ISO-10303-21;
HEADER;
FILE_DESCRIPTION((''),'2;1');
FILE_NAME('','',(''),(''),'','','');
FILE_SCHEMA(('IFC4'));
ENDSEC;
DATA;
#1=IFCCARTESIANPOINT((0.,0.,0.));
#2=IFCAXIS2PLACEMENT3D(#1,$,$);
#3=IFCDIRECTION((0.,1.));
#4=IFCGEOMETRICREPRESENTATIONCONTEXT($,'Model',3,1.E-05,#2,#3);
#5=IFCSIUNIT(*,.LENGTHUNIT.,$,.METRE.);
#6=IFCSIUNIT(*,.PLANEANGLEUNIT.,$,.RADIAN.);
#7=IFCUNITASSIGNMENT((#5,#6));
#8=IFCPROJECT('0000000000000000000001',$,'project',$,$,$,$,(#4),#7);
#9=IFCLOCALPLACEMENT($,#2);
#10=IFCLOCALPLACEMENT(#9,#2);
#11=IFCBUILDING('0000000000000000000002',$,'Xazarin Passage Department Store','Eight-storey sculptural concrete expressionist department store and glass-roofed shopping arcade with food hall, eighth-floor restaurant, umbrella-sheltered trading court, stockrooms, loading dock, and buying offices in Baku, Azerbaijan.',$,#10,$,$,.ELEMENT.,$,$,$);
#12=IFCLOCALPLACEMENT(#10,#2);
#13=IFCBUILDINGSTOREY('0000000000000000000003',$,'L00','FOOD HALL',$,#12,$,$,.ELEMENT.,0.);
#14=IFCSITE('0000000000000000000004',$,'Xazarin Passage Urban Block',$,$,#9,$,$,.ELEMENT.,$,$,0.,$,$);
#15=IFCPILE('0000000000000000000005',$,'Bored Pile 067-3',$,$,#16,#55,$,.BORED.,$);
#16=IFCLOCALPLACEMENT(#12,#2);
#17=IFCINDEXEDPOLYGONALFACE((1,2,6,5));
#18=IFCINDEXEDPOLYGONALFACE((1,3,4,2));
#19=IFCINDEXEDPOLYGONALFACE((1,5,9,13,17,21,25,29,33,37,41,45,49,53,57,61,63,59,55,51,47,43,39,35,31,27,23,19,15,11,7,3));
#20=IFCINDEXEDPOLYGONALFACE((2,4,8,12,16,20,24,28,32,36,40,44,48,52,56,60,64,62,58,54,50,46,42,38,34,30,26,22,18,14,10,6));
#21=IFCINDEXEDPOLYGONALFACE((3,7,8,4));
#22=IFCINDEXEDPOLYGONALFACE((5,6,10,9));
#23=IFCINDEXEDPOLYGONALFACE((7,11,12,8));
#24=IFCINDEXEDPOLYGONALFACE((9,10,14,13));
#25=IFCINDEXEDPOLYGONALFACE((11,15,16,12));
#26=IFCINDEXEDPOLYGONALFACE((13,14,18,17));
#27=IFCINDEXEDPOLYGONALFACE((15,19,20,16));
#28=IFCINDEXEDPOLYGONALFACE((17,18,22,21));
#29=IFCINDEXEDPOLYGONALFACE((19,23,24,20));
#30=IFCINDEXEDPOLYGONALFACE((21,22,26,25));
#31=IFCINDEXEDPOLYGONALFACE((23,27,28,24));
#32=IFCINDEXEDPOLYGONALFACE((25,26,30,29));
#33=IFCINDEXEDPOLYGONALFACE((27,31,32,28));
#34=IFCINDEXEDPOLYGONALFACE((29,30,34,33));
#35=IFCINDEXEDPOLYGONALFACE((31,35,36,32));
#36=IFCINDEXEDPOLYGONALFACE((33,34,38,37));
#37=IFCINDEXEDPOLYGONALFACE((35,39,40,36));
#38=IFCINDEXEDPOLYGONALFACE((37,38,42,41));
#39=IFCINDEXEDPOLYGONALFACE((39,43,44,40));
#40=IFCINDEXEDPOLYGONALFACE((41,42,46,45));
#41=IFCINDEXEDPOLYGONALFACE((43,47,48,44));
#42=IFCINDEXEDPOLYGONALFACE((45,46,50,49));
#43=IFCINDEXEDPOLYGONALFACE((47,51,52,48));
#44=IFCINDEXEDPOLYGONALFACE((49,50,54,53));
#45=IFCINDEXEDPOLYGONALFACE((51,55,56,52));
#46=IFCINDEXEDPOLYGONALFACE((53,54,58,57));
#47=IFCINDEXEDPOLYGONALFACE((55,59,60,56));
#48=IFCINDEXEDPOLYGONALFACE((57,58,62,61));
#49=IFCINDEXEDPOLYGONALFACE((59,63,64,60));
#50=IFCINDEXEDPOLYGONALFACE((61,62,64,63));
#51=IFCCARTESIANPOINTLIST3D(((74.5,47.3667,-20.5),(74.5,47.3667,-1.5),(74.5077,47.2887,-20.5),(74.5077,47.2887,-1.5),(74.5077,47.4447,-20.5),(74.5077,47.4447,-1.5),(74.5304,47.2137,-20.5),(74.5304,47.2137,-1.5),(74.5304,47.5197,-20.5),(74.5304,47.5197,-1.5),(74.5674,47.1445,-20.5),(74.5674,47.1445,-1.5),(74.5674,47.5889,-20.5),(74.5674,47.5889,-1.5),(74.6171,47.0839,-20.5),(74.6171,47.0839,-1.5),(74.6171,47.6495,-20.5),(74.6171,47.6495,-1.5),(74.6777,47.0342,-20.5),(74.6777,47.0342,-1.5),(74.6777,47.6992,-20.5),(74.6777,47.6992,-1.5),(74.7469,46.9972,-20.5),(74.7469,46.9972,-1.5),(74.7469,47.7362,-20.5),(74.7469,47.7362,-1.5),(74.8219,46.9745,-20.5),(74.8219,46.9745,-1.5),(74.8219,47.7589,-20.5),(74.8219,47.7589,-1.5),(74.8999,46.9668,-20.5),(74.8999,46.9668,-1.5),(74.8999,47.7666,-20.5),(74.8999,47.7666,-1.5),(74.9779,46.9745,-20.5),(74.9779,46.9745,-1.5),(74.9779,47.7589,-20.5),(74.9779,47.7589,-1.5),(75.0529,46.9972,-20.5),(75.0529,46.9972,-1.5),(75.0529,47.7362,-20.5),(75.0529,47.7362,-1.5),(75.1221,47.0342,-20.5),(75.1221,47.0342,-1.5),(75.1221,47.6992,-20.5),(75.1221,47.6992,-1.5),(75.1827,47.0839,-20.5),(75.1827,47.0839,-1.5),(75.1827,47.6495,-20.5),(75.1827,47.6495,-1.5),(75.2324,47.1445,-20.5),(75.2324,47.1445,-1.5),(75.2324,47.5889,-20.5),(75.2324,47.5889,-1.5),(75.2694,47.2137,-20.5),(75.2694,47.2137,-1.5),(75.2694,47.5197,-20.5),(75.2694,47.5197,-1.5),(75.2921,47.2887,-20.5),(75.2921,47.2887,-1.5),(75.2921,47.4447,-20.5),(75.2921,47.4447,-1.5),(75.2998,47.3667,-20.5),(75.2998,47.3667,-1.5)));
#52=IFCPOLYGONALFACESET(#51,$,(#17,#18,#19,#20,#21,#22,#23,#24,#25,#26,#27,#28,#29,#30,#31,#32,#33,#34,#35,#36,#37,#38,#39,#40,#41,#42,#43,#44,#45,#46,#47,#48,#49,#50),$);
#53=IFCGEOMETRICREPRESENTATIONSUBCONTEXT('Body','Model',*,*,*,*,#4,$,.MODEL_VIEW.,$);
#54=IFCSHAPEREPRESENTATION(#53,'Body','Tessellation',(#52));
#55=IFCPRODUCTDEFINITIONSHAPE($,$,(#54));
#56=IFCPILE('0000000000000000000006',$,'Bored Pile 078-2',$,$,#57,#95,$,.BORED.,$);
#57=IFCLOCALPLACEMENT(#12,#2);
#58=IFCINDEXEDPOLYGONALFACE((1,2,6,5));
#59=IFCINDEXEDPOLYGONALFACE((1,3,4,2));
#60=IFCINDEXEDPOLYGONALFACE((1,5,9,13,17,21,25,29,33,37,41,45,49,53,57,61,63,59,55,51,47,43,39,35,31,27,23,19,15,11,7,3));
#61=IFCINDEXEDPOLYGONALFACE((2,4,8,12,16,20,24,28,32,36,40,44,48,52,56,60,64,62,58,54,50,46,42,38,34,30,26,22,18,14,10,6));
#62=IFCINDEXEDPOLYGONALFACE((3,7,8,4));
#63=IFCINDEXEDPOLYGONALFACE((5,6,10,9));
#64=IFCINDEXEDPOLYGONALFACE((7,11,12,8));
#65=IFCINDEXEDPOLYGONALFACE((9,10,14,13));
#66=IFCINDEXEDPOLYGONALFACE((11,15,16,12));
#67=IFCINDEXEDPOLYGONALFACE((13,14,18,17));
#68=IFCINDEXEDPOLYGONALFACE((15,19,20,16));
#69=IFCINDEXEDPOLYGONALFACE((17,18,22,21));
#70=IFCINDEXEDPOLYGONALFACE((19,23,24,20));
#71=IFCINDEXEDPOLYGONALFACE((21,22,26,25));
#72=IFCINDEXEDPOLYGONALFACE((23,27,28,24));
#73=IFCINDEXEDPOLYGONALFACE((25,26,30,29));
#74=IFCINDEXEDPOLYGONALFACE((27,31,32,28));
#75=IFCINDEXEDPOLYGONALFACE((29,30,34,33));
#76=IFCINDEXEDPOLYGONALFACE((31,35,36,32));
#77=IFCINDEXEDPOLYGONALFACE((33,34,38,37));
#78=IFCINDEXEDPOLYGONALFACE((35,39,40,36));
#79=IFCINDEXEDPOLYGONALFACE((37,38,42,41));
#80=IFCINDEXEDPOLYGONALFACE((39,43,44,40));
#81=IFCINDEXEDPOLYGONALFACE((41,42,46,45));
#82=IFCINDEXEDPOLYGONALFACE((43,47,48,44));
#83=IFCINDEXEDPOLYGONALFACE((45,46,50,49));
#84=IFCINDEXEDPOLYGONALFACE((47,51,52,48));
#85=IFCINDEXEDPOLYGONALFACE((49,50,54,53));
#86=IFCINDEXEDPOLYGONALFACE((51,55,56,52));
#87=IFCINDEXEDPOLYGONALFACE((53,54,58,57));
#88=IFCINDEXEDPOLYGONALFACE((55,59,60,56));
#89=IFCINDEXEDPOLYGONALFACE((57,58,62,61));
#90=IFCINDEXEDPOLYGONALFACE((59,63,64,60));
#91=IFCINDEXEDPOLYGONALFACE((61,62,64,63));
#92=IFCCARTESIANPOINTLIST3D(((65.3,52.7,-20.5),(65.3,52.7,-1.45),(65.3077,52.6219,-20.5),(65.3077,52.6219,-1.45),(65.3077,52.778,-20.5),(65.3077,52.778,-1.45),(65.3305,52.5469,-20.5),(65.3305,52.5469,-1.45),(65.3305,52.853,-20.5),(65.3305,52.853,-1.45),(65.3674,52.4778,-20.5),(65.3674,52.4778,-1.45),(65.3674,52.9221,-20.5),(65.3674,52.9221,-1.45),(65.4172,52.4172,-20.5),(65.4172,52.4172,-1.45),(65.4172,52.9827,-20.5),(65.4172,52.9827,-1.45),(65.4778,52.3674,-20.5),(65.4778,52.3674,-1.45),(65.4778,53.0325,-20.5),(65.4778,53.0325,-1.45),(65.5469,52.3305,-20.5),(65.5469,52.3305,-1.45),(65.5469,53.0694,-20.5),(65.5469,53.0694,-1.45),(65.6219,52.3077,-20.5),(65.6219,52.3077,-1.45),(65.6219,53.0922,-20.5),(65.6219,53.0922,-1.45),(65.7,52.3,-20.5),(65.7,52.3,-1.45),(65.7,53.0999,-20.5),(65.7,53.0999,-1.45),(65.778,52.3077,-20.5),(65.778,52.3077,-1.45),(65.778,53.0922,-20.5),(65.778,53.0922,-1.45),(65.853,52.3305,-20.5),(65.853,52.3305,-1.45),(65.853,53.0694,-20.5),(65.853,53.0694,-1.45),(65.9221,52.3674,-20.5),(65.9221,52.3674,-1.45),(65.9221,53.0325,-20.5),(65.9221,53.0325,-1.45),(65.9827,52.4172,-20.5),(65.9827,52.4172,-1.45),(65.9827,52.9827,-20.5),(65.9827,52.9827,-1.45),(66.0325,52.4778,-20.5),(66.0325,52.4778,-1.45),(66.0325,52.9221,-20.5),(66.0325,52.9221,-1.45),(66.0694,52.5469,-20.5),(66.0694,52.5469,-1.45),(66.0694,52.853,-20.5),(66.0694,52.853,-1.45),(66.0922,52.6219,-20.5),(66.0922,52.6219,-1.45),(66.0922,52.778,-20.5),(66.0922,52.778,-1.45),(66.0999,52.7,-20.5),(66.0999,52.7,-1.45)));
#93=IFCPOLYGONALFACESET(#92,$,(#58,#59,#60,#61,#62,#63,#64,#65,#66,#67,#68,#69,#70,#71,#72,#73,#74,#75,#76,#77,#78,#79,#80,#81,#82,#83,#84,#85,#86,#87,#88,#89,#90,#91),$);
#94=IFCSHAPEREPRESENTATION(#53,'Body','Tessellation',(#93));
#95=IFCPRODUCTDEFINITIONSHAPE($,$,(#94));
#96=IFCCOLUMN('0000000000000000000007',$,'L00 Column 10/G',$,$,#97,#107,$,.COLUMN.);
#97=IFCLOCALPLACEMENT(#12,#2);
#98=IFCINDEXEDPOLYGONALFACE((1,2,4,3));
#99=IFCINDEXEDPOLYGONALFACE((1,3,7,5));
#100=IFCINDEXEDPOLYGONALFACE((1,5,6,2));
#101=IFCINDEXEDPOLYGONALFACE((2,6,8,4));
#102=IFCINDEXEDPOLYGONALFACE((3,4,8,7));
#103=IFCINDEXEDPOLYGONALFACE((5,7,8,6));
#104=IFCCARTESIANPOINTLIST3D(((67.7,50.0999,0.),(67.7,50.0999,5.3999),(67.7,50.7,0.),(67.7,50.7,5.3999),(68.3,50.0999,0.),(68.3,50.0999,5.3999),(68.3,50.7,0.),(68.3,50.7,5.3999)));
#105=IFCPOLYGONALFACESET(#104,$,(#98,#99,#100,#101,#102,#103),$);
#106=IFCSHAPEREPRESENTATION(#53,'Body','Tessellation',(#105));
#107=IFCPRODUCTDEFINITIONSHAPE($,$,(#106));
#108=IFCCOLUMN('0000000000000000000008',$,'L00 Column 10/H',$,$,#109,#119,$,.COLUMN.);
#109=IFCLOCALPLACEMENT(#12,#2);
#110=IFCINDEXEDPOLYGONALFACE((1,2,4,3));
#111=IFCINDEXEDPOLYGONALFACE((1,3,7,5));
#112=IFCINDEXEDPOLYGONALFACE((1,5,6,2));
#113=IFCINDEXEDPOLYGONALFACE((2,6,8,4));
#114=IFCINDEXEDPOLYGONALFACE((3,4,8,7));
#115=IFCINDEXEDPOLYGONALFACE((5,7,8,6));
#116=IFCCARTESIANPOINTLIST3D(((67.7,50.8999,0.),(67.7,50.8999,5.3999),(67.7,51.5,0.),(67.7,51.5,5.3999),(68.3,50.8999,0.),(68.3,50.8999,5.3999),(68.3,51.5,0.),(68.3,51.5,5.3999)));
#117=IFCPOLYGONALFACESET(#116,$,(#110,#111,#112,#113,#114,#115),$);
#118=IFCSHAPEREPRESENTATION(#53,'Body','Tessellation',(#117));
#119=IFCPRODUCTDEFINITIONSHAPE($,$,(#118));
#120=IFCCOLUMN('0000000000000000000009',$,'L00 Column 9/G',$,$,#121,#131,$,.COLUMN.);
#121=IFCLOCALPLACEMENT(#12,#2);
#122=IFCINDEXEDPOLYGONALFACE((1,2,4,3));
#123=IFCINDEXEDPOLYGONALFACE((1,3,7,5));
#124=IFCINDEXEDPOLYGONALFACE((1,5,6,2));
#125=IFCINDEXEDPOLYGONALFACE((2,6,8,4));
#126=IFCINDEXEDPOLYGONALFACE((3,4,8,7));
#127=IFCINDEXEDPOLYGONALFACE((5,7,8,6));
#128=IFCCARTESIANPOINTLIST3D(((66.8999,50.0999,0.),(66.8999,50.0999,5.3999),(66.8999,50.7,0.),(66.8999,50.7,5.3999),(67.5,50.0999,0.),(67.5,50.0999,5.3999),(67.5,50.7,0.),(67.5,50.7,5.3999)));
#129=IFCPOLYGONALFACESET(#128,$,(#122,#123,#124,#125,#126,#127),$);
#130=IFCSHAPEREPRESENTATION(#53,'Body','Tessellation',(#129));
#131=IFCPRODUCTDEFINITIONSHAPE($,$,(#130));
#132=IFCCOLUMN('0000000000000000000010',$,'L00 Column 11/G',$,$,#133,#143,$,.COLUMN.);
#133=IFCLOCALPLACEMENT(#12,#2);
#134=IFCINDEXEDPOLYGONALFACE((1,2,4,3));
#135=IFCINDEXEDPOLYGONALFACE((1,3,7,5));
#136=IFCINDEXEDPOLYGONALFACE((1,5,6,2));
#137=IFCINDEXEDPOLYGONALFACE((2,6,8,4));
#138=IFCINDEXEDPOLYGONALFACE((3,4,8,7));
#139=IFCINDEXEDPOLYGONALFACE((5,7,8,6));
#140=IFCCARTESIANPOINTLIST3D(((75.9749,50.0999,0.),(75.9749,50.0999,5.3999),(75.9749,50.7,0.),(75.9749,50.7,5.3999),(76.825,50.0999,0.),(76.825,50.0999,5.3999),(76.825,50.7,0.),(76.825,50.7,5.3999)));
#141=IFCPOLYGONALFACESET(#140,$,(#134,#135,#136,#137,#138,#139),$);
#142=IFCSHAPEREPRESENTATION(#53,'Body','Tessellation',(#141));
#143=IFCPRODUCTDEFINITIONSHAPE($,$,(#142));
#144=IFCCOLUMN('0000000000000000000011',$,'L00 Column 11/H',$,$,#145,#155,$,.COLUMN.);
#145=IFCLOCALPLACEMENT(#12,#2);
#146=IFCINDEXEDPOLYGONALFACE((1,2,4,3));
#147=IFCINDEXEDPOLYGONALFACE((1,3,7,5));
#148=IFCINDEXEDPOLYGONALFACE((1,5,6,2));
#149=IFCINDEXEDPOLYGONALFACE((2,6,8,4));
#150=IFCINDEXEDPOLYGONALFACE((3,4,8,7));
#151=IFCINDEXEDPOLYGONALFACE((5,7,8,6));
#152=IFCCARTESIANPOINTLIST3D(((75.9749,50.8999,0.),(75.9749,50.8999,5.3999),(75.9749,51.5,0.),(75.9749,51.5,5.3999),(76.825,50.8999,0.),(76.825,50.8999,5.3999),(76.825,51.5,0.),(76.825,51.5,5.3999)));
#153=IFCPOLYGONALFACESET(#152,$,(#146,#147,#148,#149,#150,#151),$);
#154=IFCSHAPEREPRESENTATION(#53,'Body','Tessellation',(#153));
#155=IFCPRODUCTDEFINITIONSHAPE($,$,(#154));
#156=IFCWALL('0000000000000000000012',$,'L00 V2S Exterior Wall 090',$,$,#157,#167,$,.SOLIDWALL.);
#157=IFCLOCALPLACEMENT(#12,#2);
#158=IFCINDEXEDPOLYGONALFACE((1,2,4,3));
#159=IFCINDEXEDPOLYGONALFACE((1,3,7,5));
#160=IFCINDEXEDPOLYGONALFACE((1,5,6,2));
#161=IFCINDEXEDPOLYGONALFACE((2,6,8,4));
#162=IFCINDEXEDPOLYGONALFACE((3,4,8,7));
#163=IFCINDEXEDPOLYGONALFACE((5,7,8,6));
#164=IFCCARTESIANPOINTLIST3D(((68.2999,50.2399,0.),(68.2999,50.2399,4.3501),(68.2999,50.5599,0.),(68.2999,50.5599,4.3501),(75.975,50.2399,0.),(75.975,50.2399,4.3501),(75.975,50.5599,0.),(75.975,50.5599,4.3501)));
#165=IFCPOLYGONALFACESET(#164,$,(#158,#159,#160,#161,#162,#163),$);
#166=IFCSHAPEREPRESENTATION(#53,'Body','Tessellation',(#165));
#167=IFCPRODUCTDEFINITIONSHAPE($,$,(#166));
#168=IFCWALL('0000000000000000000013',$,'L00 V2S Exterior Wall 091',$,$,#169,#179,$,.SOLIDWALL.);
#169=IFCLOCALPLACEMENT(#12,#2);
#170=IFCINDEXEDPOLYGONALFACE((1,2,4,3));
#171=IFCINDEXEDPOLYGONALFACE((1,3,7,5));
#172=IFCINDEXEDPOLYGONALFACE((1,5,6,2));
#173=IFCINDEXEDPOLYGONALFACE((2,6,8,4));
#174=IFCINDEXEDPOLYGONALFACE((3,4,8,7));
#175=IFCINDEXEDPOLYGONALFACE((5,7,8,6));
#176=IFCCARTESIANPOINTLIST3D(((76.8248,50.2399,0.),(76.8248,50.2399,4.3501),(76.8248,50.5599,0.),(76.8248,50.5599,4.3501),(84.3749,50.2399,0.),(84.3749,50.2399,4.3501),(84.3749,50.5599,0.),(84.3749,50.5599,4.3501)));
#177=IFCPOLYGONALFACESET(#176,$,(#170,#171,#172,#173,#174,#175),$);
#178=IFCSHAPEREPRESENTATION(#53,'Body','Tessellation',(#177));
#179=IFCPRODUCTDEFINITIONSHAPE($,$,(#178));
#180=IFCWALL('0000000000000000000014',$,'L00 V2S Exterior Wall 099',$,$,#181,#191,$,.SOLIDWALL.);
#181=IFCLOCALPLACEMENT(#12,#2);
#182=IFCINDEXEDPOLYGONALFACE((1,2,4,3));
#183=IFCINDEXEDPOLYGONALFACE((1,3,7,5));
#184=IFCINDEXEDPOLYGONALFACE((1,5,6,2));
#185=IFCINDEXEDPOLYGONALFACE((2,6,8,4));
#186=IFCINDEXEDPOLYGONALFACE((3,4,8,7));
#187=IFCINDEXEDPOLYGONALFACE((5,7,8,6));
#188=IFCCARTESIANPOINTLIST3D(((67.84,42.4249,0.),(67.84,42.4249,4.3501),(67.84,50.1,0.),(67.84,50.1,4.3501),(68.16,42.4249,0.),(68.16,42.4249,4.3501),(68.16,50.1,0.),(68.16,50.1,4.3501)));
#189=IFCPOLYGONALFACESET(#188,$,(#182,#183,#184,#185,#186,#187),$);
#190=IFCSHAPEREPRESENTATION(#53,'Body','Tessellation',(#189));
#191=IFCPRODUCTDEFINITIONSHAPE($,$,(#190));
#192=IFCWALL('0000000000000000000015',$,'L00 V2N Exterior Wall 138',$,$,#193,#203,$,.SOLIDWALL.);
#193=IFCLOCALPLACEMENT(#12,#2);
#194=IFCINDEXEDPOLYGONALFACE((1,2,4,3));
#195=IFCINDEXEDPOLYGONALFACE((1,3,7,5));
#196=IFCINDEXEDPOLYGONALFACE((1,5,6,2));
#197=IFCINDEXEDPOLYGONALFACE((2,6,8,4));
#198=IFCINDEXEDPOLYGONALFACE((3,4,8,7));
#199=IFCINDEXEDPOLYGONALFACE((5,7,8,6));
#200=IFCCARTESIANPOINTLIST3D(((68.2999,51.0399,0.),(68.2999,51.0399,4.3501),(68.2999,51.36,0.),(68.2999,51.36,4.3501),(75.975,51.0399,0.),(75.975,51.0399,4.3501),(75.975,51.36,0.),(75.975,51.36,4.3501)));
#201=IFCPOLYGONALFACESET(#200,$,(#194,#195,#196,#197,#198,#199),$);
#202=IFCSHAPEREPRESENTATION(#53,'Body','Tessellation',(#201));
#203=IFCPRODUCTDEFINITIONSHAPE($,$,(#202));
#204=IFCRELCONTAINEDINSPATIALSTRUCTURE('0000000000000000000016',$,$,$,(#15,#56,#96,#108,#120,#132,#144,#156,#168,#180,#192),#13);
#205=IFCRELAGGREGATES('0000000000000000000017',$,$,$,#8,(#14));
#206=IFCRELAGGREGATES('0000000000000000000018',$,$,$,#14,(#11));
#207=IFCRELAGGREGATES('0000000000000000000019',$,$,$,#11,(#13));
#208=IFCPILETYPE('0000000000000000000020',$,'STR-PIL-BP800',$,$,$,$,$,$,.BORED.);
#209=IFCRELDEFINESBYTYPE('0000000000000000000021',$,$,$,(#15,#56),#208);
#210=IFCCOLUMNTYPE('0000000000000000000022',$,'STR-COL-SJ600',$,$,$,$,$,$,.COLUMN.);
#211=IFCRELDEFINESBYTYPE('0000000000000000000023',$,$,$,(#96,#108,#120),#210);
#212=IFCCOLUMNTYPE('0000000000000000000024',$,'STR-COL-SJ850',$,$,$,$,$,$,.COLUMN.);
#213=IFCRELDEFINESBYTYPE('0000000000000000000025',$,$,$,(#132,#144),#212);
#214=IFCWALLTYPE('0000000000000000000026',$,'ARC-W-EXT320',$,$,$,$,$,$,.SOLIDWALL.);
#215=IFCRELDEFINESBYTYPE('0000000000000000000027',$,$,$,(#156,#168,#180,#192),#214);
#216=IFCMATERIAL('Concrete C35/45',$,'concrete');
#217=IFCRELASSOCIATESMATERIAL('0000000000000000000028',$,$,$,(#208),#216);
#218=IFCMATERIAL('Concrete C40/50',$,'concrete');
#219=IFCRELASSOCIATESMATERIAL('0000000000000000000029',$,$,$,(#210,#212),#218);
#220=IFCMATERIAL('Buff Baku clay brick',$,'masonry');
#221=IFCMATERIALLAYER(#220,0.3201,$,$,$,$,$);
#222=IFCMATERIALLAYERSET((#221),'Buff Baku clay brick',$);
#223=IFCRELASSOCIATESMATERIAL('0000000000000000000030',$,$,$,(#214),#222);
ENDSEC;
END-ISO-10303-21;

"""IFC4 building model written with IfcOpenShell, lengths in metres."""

from ifc_helpers import new_model, si_unit, direction, frame, frame_2d, origin, origin_2d, place, context, subcontext, project, spatial, rectangle, circle, extrude, material, layer, layer_set, material_profile, profile_set, type_object, element, save


model = new_model("IFC4")

# Units and contexts
model_context = context("Model", 3, precision=1e-05, world=origin(), true_north=direction((0.0, 1.0)))
body_context = subcontext(model_context, "Body", "Model", "MODEL_VIEW")
ifc_project = project(units=[si_unit("LENGTHUNIT", "METRE"), si_unit("PLANEANGLEUNIT", "RADIAN")], contexts=[model_context])

# Site, building, storey
site_placement = place(None, origin())
site = spatial("IfcSite", under=ifc_project, at=site_placement, Name="Xazarin Passage Urban Block", CompositionType="ELEMENT", RefElevation=0.0)
building_placement = place(site_placement, origin())
building = spatial("IfcBuilding", under=site, at=building_placement, Name="Xazarin Passage Department Store", Description="Eight-storey sculptural concrete expressionist department store and glass-roofed shopping arcade with food hall, eighth-floor restaurant, umbrella-sheltered trading court, stockrooms, loading dock, and buying offices in Baku, Azerbaijan.", CompositionType="ELEMENT")
storey_placement = place(building_placement, origin())
storey = spatial("IfcBuildingStorey", under=building, at=storey_placement, Name="L00", Description="FOOD HALL", CompositionType="ELEMENT", Elevation=0.0)

# Shared definitions
ifc_material_1 = material(Name="Concrete C35/45", Category="concrete")

# Piles
ifc_material_profile_1 = material_profile(ifc_material_1, circle(Radius=0.3999, at=origin_2d()), Name="BP 800")
ifc_profile_set_1 = profile_set([ifc_material_profile_1], Name="Concrete C35/45")
pile_type_1 = type_object("IfcPileType", Name="STR-PIL-BP800", PredefinedType="BORED", material=ifc_profile_set_1)
pile_1_placement = place(storey_placement, frame((74.8999, 47.3667, -1.5), z_axis=(0.0, 0.0, -1.0), x_axis=(1.0, 0.0, 0.0)))
element("IfcPile", 1, at=pile_1_placement, inside=storey, type_object=pile_type_1, Name="Bored Pile 067-3", PredefinedType="BORED", context=body_context, shape_type="SweptSolid", body=[
    extrude(circle(Radius=0.3999, at=origin_2d()), origin(), (0.0, 0.0, 1.0), 19.0),
])
pile_2_placement = place(storey_placement, frame((65.7, 52.7, -1.45), z_axis=(0.0, 0.0, -1.0), x_axis=(1.0, 0.0, 0.0)))
element("IfcPile", 2, at=pile_2_placement, inside=storey, type_object=pile_type_1, Name="Bored Pile 078-2", PredefinedType="BORED", context=body_context, shape_type="SweptSolid", body=[
    extrude(circle(Radius=0.3999, at=origin_2d()), origin(), (0.0, 0.0, 1.0), 19.05),
])

# Columns
ifc_material_2 = material(Name="Concrete C40/50", Category="concrete")
ifc_material_profile_2 = material_profile(ifc_material_2, rectangle(XDim=0.6001, YDim=0.6001, at=origin_2d()), Name="RC 600x600")
ifc_profile_set_2 = profile_set([ifc_material_profile_2], Name="Concrete C40/50")
column_type_1 = type_object("IfcColumnType", Name="STR-COL-SJ600", PredefinedType="COLUMN", material=ifc_profile_set_2)
for number, where, z_axis, x_axis, name in (
    (3, (68.0, 50.3999, 0.0), (0.0, 0.0, 1.0), (1.0, 0.0, 0.0), "L00 Column 10/G"),
    (4, (68.0, 51.2, 0.0), (0.0, 0.0, 1.0), (1.0, 0.0, 0.0), "L00 Column 10/H"),
    (5, (67.2, 50.3999, 0.0), (0.0, 0.0, 1.0), (1.0, 0.0, 0.0), "L00 Column 9/G"),
):
    element("IfcColumn", number, at=place(storey_placement, frame(where, z_axis=z_axis, x_axis=x_axis)), inside=storey, type_object=column_type_1, Name=name, PredefinedType="COLUMN", context=body_context, shape_type="SweptSolid", body=[
        extrude(rectangle(XDim=0.6001, YDim=0.6001, at=origin_2d()), origin(), (0.0, 0.0, 1.0), 5.3999),
    ])
ifc_material_profile_3 = material_profile(ifc_material_2, rectangle(XDim=0.6001, YDim=0.8501, at=origin_2d()), Name="RC 600x850")
ifc_profile_set_3 = profile_set([ifc_material_profile_3], Name="Concrete C40/50")
column_type_2 = type_object("IfcColumnType", Name="STR-COL-SJ850", PredefinedType="COLUMN", material=ifc_profile_set_3)
for number, where, z_axis, x_axis, name in (
    (6, (76.3999, 50.3999, 0.0), (0.0, 0.0, 1.0), (0.0, 1.0, 0.0), "L00 Column 11/G"),
    (7, (76.3999, 51.2, 0.0), (0.0, 0.0, 1.0), (0.0, 1.0, 0.0), "L00 Column 11/H"),
):
    element("IfcColumn", number, at=place(storey_placement, frame(where, z_axis=z_axis, x_axis=x_axis)), inside=storey, type_object=column_type_2, Name=name, PredefinedType="COLUMN", context=body_context, shape_type="SweptSolid", body=[
        extrude(rectangle(XDim=0.6001, YDim=0.8501, at=origin_2d()), origin(), (0.0, 0.0, 1.0), 5.3999),
    ])

# Walls
ifc_material_3 = material(Name="Buff Baku clay brick", Category="masonry")
ifc_layer_1 = layer(ifc_material_3, 0.3201)
ifc_layer_set_1 = layer_set([ifc_layer_1], Name="Buff Baku clay brick")
wall_type_1 = type_object("IfcWallType", Name="ARC-W-EXT320", PredefinedType="SOLIDWALL", material=ifc_layer_set_1)
wall_1_placement = place(storey_placement, frame((68.3, 50.3999, 0.0), z_axis=(0.0, 0.0, 1.0), x_axis=(1.0, 0.0, 0.0)))
element("IfcWall", 8, at=wall_1_placement, inside=storey, type_object=wall_type_1, Name="L00 V2S Exterior Wall 090", PredefinedType="SOLIDWALL", context=body_context, shape_type="SweptSolid", body=[
    extrude(rectangle(XDim=7.675, YDim=0.3201, at=frame_2d((3.8374, 0.0))), origin(), (0.0, 0.0, 1.0), 4.3501),
])
wall_2_placement = place(storey_placement, frame((76.825, 50.3999, 0.0), z_axis=(0.0, 0.0, 1.0), x_axis=(1.0, 0.0, 0.0)))
element("IfcWall", 9, at=wall_2_placement, inside=storey, type_object=wall_type_1, Name="L00 V2S Exterior Wall 091", PredefinedType="SOLIDWALL", context=body_context, shape_type="SweptSolid", body=[
    extrude(rectangle(XDim=7.55, YDim=0.3201, at=frame_2d((3.7749, 0.0))), origin(), (0.0, 0.0, 1.0), 4.3501),
])
for number, where, z_axis, x_axis, name in (
    (10, (68.0, 42.425, 0.0), (0.0, 0.0, 1.0), (0.0, 1.0, 0.0), "L00 V2S Exterior Wall 099"),
    (11, (68.3, 51.2, 0.0), (0.0, 0.0, 1.0), (1.0, 0.0, 0.0), "L00 V2N Exterior Wall 138"),
):
    element("IfcWall", number, at=place(storey_placement, frame(where, z_axis=z_axis, x_axis=x_axis)), inside=storey, type_object=wall_type_1, Name=name, PredefinedType="SOLIDWALL", context=body_context, shape_type="SweptSolid", body=[
        extrude(rectangle(XDim=7.675, YDim=0.3201, at=frame_2d((3.8374, 0.0))), origin(), (0.0, 0.0, 1.0), 4.3501),
    ])

save(model, "model.ifc")
